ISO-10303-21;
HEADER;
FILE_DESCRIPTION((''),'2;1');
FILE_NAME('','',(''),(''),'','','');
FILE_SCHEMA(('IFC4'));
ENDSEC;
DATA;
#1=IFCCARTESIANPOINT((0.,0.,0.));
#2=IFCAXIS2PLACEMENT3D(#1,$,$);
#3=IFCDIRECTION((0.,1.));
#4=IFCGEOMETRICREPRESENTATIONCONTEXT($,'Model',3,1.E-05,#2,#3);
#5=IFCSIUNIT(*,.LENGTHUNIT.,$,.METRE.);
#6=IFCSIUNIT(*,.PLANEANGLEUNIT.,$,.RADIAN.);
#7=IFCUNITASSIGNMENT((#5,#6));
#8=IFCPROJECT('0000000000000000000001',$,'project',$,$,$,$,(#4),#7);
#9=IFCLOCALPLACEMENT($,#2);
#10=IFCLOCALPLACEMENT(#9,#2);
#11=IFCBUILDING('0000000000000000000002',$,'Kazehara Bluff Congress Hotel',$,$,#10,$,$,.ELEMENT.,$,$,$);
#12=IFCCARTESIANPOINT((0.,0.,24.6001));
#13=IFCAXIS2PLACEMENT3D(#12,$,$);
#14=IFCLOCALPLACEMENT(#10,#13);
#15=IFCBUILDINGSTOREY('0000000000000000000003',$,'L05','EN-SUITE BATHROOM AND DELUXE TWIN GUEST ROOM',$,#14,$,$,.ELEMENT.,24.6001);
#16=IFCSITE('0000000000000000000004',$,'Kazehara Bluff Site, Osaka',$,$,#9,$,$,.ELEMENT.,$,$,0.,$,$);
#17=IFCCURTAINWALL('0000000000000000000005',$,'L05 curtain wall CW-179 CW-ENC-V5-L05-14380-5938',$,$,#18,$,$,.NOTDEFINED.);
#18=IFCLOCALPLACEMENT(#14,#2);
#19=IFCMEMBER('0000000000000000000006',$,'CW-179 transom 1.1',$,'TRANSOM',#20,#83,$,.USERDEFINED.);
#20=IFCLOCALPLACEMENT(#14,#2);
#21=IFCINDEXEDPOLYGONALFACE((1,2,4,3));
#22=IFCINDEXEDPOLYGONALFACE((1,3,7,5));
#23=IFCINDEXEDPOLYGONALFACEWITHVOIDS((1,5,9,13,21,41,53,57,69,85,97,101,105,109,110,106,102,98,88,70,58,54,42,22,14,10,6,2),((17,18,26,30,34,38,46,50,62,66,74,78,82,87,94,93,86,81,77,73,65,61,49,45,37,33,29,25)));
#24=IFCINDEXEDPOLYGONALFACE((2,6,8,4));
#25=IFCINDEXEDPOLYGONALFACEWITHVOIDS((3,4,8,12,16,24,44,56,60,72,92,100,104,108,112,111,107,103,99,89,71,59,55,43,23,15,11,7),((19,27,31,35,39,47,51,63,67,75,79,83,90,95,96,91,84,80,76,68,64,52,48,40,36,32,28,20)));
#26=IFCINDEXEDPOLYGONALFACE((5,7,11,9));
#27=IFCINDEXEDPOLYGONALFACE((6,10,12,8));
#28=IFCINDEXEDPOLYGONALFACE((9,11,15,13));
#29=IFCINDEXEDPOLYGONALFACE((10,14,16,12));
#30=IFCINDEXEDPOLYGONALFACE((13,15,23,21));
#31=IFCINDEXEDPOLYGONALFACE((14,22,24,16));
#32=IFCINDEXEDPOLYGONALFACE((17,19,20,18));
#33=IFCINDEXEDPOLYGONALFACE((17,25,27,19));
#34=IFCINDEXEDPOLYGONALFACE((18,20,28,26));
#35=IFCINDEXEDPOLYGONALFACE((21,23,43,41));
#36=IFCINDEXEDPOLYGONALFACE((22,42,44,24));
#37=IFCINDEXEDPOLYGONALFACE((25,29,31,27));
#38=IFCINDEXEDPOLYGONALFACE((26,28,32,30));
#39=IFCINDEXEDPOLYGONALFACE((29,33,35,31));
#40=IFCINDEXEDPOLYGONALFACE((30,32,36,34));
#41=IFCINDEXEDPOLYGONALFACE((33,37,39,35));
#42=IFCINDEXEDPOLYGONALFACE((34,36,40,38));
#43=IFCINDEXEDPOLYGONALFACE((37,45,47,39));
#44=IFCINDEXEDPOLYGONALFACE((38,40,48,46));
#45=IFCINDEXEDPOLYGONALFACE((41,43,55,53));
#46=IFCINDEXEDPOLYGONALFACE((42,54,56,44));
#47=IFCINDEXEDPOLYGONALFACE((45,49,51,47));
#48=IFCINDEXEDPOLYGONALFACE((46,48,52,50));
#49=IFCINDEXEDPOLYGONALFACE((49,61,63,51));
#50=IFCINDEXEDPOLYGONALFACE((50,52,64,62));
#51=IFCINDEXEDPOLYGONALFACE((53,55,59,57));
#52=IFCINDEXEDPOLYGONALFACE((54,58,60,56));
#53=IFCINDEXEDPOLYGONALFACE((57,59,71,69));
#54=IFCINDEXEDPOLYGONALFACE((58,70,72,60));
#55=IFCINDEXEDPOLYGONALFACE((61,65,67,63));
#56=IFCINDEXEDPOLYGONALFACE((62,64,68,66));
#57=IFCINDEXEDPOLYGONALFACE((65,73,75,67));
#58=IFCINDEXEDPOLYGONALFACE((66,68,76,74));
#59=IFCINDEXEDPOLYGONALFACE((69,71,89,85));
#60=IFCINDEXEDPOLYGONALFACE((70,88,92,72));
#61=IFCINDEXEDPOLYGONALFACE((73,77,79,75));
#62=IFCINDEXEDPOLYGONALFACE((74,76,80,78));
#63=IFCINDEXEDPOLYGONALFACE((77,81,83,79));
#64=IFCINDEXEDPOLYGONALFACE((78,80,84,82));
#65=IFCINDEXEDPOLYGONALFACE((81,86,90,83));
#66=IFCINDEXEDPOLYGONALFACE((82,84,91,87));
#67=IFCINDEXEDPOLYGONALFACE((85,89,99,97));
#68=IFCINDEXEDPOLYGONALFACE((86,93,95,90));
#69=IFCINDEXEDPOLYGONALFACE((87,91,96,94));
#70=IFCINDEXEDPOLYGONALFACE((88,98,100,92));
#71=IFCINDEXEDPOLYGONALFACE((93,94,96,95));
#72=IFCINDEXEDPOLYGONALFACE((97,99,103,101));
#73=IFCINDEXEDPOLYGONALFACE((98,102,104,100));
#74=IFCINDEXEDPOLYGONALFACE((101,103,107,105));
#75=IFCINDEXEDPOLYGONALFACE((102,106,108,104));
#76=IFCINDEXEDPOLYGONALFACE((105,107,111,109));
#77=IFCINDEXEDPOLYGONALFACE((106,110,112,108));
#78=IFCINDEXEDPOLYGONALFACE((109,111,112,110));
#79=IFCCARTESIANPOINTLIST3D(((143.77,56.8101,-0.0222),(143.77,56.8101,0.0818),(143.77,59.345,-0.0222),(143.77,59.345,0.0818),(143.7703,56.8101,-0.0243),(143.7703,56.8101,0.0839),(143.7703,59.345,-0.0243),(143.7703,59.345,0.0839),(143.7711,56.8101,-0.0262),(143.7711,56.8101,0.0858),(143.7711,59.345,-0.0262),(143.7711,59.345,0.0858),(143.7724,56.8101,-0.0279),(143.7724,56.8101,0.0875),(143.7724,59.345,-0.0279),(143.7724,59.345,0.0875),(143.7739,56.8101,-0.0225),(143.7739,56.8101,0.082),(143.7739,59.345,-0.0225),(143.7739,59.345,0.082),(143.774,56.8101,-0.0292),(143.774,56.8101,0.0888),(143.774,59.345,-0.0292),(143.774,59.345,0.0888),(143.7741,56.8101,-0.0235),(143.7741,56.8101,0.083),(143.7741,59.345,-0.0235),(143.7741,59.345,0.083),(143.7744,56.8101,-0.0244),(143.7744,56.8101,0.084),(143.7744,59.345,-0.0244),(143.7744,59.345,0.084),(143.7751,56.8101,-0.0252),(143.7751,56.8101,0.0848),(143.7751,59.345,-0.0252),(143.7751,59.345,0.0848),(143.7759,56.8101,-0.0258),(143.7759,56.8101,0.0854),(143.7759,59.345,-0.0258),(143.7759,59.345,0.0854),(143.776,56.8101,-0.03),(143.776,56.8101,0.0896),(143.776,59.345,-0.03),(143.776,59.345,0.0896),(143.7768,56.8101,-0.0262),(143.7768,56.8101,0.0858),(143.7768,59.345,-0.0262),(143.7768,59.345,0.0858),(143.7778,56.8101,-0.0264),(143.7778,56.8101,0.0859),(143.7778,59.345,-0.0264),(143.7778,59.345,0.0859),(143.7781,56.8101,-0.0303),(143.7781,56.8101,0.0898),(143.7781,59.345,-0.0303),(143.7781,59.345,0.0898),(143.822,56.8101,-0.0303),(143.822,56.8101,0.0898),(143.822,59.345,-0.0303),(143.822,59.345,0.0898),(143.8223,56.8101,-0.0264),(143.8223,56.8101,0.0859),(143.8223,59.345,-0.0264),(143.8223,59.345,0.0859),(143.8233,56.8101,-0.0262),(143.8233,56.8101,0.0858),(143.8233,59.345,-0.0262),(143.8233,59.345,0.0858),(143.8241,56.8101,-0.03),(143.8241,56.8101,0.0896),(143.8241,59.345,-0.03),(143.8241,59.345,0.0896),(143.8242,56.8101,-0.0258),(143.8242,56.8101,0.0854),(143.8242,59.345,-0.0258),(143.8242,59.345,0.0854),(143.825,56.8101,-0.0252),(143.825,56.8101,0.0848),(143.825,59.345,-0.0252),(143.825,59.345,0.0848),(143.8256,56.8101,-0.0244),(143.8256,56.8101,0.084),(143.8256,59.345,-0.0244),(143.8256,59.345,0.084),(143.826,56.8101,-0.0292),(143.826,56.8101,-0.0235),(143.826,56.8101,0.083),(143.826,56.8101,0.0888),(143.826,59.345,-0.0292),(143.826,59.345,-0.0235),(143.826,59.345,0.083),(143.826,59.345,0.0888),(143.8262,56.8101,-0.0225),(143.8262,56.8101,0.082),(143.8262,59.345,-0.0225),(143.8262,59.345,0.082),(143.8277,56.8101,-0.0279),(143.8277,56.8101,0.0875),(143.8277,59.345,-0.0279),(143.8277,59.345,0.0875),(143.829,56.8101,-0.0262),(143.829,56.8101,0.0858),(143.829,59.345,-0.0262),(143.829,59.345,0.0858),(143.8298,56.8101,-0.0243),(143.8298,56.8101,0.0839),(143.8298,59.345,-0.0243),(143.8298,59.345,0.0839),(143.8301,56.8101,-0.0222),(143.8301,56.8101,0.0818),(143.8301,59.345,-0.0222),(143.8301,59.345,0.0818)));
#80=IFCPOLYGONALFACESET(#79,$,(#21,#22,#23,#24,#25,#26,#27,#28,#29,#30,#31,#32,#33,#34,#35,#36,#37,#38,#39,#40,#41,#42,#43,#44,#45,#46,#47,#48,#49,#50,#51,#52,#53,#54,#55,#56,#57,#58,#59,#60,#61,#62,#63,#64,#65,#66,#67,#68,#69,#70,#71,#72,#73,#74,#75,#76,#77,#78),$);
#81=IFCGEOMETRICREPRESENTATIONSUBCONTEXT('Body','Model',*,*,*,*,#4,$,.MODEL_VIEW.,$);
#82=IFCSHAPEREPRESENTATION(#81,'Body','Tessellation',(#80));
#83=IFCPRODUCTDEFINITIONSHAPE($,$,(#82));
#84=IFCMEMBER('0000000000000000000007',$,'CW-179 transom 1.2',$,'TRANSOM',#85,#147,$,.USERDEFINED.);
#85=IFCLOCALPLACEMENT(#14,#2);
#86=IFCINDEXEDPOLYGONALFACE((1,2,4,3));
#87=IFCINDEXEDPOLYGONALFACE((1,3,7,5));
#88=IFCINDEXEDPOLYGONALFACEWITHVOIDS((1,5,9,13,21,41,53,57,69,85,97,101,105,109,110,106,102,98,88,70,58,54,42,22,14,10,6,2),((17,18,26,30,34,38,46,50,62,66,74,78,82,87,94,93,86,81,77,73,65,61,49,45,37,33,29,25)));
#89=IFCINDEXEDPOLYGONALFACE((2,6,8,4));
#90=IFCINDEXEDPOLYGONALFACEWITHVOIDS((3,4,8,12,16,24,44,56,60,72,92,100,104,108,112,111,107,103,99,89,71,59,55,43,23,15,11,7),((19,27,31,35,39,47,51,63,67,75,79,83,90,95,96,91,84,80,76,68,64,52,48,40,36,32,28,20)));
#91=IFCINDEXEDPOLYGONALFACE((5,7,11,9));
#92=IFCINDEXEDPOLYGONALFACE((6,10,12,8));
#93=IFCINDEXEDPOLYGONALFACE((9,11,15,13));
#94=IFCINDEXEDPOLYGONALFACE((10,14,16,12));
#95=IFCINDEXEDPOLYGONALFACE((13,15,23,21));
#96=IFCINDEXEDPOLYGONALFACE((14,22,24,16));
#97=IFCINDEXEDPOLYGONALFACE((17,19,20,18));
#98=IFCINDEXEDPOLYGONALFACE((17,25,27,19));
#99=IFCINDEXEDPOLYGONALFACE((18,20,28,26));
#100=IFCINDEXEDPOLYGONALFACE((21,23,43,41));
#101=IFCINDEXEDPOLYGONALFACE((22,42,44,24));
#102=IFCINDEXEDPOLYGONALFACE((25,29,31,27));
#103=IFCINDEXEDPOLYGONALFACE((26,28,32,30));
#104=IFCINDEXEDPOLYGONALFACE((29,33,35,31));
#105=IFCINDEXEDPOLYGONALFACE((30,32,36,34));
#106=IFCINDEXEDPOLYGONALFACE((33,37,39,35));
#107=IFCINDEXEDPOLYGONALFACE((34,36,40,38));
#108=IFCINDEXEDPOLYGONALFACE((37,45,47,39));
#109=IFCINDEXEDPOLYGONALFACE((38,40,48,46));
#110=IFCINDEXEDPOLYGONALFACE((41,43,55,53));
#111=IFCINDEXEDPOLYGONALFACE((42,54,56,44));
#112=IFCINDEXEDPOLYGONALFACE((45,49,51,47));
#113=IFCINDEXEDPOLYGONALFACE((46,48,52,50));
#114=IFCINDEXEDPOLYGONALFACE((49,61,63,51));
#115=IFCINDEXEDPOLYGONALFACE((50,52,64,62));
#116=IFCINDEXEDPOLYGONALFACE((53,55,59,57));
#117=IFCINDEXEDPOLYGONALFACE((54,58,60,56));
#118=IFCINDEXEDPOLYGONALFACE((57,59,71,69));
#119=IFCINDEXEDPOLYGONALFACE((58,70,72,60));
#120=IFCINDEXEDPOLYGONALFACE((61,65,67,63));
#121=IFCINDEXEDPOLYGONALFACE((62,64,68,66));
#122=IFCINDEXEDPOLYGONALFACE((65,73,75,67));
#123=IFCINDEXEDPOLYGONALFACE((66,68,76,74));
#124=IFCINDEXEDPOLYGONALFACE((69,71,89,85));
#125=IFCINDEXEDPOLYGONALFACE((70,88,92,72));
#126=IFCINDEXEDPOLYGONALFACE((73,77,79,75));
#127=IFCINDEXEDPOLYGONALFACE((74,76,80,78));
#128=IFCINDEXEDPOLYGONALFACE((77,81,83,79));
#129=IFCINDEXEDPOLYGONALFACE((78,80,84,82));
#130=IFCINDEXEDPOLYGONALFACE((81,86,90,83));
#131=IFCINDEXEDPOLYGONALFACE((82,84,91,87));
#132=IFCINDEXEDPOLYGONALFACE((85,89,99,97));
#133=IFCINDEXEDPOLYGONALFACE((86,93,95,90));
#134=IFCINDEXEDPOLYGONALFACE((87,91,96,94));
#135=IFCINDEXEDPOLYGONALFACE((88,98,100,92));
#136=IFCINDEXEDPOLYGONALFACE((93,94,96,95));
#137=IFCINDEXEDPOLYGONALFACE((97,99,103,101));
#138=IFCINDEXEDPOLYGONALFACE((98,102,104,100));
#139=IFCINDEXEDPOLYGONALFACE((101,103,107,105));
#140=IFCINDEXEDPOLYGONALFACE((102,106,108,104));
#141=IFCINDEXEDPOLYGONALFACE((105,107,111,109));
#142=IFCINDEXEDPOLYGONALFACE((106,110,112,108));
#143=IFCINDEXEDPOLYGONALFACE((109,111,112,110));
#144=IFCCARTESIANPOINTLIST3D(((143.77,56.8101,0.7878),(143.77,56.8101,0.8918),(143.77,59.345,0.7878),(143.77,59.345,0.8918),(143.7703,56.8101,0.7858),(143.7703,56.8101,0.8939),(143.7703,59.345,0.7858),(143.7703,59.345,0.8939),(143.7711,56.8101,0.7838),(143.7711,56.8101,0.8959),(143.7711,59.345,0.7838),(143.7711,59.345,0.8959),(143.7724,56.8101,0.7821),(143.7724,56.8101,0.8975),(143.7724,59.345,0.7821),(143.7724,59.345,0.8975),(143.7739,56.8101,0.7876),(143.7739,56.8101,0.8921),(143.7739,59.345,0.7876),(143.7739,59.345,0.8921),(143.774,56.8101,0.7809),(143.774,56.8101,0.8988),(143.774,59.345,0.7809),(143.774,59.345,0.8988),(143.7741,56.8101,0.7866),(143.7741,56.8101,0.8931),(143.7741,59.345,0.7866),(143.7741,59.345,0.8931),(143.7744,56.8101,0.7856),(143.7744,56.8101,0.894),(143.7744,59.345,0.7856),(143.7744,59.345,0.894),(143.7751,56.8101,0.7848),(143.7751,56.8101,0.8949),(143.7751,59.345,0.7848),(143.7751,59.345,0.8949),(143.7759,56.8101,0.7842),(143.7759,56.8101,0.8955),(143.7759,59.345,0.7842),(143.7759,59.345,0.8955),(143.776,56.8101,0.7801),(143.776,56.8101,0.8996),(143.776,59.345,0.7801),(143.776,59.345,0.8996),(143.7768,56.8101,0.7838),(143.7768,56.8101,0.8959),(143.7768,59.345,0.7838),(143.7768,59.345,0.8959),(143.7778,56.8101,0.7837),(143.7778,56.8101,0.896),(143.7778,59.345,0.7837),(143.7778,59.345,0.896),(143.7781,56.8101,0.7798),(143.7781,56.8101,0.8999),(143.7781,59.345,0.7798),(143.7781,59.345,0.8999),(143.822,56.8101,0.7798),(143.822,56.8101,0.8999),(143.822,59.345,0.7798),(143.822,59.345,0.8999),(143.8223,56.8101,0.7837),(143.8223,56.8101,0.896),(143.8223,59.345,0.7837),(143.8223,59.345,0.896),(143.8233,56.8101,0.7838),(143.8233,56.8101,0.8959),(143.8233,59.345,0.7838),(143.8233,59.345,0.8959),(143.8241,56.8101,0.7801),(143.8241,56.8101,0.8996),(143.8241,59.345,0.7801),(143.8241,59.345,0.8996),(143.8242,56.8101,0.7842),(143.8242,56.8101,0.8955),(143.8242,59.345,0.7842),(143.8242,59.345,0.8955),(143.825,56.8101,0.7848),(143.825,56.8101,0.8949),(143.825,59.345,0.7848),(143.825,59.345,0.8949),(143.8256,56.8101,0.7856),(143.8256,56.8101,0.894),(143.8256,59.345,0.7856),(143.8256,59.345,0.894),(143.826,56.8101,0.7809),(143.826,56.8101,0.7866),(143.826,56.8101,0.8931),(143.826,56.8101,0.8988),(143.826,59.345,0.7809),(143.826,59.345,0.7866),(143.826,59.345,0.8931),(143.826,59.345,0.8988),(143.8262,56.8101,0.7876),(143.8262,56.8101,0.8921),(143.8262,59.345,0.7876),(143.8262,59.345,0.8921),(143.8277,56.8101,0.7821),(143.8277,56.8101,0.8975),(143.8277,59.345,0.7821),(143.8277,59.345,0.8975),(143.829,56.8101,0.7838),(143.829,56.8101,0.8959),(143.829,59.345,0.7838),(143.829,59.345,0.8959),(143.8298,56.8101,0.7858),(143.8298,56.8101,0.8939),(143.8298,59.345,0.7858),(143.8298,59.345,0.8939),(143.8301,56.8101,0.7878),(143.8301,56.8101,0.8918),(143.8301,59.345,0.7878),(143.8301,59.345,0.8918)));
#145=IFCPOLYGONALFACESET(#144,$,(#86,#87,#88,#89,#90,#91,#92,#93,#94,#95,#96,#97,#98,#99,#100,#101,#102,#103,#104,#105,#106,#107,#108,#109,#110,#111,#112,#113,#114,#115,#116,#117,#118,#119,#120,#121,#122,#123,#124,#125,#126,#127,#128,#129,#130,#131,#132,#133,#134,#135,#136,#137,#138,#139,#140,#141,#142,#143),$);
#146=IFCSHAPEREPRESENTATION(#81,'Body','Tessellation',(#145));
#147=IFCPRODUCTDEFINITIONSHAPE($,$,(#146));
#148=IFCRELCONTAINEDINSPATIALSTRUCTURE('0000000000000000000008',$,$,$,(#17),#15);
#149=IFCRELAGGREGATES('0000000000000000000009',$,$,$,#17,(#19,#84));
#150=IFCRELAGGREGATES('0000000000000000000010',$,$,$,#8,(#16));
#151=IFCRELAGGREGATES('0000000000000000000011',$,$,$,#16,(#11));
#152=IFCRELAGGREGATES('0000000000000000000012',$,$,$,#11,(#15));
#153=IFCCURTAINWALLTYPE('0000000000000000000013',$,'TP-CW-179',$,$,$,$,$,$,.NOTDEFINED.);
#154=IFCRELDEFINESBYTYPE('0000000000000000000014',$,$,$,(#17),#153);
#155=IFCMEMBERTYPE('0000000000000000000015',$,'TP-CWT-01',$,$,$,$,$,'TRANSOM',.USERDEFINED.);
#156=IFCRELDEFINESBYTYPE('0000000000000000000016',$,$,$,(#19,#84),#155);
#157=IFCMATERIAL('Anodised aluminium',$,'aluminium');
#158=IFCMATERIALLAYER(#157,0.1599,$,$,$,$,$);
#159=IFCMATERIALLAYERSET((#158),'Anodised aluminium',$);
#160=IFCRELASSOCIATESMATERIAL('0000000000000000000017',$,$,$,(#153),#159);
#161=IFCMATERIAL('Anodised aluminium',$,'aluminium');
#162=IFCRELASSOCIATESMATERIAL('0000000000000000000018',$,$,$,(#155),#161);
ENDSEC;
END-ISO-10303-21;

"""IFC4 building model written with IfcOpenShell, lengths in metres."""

from ifc_helpers import new_model, si_unit, direction, frame, origin, origin_2d, place, context, subcontext, project, spatial, hollow_rectangle, extrude, material, layer, layer_set, material_profile, profile_set, type_object, element, aggregate, save


model = new_model("IFC4")

# Units and contexts
model_context = context("Model", 3, precision=1e-05, world=origin(), true_north=direction((0.0, 1.0)))
body_context = subcontext(model_context, "Body", "Model", "MODEL_VIEW")
ifc_project = project(units=[si_unit("LENGTHUNIT", "METRE"), si_unit("PLANEANGLEUNIT", "RADIAN")], contexts=[model_context])

# Site, building, storey
site_placement = place(None, origin())
site = spatial("IfcSite", under=ifc_project, at=site_placement, Name="Kazehara Bluff Site, Osaka", CompositionType="ELEMENT", RefElevation=0.0)
building_placement = place(site_placement, origin())
building = spatial("IfcBuilding", under=site, at=building_placement, Name="Kazehara Bluff Congress Hotel", CompositionType="ELEMENT")
storey_placement = place(building_placement, frame((0.0, 0.0, 24.6001)))
storey = spatial("IfcBuildingStorey", under=building, at=storey_placement, Name="L05", Description="EN-SUITE BATHROOM AND DELUXE TWIN GUEST ROOM", CompositionType="ELEMENT", Elevation=24.6001)

# Curtain wall
ifc_material_1 = material(Name="Anodised aluminium", Category="aluminium")
ifc_layer_1 = layer(ifc_material_1, 0.1599)
ifc_layer_set_1 = layer_set([ifc_layer_1], Name="Anodised aluminium")
curtain_wall_type_1 = type_object("IfcCurtainWallType", Name="TP-CW-179", PredefinedType="NOTDEFINED", material=ifc_layer_set_1)
curtain_wall_1_placement = place(storey_placement, origin())
curtain_wall_1 = element("IfcCurtainWall", 1, at=curtain_wall_1_placement, inside=storey, type_object=curtain_wall_type_1, Name="L05 curtain wall CW-179 CW-ENC-V5-L05-14380-5938", PredefinedType="NOTDEFINED")

# Members
ifc_material_2 = material(Name="Anodised aluminium", Category="aluminium")
ifc_material_profile_1 = material_profile(ifc_material_2, hollow_rectangle(XDim=0.0601, YDim=0.1201, WallThickness=0.0039, InnerFilletRadius=0.0039, OuterFilletRadius=0.0081, at=origin_2d()))
ifc_profile_set_1 = profile_set([ifc_material_profile_1], Name="Anodised aluminium")
member_type_1 = type_object("IfcMemberType", Name="TP-CWT-01", ElementType="TRANSOM", PredefinedType="USERDEFINED", material=ifc_profile_set_1)
member_1_placement = place(storey_placement, frame((143.8, 56.8101, 0.0298), z_axis=(0.0, 1.0, 0.0), x_axis=(-1.0, 0.0, 0.0)))
member_1 = element("IfcMember", 2, at=member_1_placement, type_object=member_type_1, Name="CW-179 transom 1.1", ObjectType="TRANSOM", PredefinedType="USERDEFINED", context=body_context, shape_type="SweptSolid", body=[
    extrude(hollow_rectangle(XDim=0.0601, YDim=0.1201, WallThickness=0.0039, InnerFilletRadius=0.0039, OuterFilletRadius=0.0081, at=origin_2d()), origin(), (0.0, 0.0, 1.0), 2.5349),
])
member_2_placement = place(storey_placement, frame((143.8, 56.8101, 0.8398), z_axis=(0.0, 1.0, 0.0), x_axis=(-1.0, 0.0, 0.0)))
member_2 = element("IfcMember", 3, at=member_2_placement, type_object=member_type_1, Name="CW-179 transom 1.2", ObjectType="TRANSOM", PredefinedType="USERDEFINED", context=body_context, shape_type="SweptSolid", body=[
    extrude(hollow_rectangle(XDim=0.0601, YDim=0.1201, WallThickness=0.0039, InnerFilletRadius=0.0039, OuterFilletRadius=0.0081, at=origin_2d()), origin(), (0.0, 0.0, 1.0), 2.5349),
])

aggregate(curtain_wall_1, [member_1, member_2])

save(model, "model.ifc")
